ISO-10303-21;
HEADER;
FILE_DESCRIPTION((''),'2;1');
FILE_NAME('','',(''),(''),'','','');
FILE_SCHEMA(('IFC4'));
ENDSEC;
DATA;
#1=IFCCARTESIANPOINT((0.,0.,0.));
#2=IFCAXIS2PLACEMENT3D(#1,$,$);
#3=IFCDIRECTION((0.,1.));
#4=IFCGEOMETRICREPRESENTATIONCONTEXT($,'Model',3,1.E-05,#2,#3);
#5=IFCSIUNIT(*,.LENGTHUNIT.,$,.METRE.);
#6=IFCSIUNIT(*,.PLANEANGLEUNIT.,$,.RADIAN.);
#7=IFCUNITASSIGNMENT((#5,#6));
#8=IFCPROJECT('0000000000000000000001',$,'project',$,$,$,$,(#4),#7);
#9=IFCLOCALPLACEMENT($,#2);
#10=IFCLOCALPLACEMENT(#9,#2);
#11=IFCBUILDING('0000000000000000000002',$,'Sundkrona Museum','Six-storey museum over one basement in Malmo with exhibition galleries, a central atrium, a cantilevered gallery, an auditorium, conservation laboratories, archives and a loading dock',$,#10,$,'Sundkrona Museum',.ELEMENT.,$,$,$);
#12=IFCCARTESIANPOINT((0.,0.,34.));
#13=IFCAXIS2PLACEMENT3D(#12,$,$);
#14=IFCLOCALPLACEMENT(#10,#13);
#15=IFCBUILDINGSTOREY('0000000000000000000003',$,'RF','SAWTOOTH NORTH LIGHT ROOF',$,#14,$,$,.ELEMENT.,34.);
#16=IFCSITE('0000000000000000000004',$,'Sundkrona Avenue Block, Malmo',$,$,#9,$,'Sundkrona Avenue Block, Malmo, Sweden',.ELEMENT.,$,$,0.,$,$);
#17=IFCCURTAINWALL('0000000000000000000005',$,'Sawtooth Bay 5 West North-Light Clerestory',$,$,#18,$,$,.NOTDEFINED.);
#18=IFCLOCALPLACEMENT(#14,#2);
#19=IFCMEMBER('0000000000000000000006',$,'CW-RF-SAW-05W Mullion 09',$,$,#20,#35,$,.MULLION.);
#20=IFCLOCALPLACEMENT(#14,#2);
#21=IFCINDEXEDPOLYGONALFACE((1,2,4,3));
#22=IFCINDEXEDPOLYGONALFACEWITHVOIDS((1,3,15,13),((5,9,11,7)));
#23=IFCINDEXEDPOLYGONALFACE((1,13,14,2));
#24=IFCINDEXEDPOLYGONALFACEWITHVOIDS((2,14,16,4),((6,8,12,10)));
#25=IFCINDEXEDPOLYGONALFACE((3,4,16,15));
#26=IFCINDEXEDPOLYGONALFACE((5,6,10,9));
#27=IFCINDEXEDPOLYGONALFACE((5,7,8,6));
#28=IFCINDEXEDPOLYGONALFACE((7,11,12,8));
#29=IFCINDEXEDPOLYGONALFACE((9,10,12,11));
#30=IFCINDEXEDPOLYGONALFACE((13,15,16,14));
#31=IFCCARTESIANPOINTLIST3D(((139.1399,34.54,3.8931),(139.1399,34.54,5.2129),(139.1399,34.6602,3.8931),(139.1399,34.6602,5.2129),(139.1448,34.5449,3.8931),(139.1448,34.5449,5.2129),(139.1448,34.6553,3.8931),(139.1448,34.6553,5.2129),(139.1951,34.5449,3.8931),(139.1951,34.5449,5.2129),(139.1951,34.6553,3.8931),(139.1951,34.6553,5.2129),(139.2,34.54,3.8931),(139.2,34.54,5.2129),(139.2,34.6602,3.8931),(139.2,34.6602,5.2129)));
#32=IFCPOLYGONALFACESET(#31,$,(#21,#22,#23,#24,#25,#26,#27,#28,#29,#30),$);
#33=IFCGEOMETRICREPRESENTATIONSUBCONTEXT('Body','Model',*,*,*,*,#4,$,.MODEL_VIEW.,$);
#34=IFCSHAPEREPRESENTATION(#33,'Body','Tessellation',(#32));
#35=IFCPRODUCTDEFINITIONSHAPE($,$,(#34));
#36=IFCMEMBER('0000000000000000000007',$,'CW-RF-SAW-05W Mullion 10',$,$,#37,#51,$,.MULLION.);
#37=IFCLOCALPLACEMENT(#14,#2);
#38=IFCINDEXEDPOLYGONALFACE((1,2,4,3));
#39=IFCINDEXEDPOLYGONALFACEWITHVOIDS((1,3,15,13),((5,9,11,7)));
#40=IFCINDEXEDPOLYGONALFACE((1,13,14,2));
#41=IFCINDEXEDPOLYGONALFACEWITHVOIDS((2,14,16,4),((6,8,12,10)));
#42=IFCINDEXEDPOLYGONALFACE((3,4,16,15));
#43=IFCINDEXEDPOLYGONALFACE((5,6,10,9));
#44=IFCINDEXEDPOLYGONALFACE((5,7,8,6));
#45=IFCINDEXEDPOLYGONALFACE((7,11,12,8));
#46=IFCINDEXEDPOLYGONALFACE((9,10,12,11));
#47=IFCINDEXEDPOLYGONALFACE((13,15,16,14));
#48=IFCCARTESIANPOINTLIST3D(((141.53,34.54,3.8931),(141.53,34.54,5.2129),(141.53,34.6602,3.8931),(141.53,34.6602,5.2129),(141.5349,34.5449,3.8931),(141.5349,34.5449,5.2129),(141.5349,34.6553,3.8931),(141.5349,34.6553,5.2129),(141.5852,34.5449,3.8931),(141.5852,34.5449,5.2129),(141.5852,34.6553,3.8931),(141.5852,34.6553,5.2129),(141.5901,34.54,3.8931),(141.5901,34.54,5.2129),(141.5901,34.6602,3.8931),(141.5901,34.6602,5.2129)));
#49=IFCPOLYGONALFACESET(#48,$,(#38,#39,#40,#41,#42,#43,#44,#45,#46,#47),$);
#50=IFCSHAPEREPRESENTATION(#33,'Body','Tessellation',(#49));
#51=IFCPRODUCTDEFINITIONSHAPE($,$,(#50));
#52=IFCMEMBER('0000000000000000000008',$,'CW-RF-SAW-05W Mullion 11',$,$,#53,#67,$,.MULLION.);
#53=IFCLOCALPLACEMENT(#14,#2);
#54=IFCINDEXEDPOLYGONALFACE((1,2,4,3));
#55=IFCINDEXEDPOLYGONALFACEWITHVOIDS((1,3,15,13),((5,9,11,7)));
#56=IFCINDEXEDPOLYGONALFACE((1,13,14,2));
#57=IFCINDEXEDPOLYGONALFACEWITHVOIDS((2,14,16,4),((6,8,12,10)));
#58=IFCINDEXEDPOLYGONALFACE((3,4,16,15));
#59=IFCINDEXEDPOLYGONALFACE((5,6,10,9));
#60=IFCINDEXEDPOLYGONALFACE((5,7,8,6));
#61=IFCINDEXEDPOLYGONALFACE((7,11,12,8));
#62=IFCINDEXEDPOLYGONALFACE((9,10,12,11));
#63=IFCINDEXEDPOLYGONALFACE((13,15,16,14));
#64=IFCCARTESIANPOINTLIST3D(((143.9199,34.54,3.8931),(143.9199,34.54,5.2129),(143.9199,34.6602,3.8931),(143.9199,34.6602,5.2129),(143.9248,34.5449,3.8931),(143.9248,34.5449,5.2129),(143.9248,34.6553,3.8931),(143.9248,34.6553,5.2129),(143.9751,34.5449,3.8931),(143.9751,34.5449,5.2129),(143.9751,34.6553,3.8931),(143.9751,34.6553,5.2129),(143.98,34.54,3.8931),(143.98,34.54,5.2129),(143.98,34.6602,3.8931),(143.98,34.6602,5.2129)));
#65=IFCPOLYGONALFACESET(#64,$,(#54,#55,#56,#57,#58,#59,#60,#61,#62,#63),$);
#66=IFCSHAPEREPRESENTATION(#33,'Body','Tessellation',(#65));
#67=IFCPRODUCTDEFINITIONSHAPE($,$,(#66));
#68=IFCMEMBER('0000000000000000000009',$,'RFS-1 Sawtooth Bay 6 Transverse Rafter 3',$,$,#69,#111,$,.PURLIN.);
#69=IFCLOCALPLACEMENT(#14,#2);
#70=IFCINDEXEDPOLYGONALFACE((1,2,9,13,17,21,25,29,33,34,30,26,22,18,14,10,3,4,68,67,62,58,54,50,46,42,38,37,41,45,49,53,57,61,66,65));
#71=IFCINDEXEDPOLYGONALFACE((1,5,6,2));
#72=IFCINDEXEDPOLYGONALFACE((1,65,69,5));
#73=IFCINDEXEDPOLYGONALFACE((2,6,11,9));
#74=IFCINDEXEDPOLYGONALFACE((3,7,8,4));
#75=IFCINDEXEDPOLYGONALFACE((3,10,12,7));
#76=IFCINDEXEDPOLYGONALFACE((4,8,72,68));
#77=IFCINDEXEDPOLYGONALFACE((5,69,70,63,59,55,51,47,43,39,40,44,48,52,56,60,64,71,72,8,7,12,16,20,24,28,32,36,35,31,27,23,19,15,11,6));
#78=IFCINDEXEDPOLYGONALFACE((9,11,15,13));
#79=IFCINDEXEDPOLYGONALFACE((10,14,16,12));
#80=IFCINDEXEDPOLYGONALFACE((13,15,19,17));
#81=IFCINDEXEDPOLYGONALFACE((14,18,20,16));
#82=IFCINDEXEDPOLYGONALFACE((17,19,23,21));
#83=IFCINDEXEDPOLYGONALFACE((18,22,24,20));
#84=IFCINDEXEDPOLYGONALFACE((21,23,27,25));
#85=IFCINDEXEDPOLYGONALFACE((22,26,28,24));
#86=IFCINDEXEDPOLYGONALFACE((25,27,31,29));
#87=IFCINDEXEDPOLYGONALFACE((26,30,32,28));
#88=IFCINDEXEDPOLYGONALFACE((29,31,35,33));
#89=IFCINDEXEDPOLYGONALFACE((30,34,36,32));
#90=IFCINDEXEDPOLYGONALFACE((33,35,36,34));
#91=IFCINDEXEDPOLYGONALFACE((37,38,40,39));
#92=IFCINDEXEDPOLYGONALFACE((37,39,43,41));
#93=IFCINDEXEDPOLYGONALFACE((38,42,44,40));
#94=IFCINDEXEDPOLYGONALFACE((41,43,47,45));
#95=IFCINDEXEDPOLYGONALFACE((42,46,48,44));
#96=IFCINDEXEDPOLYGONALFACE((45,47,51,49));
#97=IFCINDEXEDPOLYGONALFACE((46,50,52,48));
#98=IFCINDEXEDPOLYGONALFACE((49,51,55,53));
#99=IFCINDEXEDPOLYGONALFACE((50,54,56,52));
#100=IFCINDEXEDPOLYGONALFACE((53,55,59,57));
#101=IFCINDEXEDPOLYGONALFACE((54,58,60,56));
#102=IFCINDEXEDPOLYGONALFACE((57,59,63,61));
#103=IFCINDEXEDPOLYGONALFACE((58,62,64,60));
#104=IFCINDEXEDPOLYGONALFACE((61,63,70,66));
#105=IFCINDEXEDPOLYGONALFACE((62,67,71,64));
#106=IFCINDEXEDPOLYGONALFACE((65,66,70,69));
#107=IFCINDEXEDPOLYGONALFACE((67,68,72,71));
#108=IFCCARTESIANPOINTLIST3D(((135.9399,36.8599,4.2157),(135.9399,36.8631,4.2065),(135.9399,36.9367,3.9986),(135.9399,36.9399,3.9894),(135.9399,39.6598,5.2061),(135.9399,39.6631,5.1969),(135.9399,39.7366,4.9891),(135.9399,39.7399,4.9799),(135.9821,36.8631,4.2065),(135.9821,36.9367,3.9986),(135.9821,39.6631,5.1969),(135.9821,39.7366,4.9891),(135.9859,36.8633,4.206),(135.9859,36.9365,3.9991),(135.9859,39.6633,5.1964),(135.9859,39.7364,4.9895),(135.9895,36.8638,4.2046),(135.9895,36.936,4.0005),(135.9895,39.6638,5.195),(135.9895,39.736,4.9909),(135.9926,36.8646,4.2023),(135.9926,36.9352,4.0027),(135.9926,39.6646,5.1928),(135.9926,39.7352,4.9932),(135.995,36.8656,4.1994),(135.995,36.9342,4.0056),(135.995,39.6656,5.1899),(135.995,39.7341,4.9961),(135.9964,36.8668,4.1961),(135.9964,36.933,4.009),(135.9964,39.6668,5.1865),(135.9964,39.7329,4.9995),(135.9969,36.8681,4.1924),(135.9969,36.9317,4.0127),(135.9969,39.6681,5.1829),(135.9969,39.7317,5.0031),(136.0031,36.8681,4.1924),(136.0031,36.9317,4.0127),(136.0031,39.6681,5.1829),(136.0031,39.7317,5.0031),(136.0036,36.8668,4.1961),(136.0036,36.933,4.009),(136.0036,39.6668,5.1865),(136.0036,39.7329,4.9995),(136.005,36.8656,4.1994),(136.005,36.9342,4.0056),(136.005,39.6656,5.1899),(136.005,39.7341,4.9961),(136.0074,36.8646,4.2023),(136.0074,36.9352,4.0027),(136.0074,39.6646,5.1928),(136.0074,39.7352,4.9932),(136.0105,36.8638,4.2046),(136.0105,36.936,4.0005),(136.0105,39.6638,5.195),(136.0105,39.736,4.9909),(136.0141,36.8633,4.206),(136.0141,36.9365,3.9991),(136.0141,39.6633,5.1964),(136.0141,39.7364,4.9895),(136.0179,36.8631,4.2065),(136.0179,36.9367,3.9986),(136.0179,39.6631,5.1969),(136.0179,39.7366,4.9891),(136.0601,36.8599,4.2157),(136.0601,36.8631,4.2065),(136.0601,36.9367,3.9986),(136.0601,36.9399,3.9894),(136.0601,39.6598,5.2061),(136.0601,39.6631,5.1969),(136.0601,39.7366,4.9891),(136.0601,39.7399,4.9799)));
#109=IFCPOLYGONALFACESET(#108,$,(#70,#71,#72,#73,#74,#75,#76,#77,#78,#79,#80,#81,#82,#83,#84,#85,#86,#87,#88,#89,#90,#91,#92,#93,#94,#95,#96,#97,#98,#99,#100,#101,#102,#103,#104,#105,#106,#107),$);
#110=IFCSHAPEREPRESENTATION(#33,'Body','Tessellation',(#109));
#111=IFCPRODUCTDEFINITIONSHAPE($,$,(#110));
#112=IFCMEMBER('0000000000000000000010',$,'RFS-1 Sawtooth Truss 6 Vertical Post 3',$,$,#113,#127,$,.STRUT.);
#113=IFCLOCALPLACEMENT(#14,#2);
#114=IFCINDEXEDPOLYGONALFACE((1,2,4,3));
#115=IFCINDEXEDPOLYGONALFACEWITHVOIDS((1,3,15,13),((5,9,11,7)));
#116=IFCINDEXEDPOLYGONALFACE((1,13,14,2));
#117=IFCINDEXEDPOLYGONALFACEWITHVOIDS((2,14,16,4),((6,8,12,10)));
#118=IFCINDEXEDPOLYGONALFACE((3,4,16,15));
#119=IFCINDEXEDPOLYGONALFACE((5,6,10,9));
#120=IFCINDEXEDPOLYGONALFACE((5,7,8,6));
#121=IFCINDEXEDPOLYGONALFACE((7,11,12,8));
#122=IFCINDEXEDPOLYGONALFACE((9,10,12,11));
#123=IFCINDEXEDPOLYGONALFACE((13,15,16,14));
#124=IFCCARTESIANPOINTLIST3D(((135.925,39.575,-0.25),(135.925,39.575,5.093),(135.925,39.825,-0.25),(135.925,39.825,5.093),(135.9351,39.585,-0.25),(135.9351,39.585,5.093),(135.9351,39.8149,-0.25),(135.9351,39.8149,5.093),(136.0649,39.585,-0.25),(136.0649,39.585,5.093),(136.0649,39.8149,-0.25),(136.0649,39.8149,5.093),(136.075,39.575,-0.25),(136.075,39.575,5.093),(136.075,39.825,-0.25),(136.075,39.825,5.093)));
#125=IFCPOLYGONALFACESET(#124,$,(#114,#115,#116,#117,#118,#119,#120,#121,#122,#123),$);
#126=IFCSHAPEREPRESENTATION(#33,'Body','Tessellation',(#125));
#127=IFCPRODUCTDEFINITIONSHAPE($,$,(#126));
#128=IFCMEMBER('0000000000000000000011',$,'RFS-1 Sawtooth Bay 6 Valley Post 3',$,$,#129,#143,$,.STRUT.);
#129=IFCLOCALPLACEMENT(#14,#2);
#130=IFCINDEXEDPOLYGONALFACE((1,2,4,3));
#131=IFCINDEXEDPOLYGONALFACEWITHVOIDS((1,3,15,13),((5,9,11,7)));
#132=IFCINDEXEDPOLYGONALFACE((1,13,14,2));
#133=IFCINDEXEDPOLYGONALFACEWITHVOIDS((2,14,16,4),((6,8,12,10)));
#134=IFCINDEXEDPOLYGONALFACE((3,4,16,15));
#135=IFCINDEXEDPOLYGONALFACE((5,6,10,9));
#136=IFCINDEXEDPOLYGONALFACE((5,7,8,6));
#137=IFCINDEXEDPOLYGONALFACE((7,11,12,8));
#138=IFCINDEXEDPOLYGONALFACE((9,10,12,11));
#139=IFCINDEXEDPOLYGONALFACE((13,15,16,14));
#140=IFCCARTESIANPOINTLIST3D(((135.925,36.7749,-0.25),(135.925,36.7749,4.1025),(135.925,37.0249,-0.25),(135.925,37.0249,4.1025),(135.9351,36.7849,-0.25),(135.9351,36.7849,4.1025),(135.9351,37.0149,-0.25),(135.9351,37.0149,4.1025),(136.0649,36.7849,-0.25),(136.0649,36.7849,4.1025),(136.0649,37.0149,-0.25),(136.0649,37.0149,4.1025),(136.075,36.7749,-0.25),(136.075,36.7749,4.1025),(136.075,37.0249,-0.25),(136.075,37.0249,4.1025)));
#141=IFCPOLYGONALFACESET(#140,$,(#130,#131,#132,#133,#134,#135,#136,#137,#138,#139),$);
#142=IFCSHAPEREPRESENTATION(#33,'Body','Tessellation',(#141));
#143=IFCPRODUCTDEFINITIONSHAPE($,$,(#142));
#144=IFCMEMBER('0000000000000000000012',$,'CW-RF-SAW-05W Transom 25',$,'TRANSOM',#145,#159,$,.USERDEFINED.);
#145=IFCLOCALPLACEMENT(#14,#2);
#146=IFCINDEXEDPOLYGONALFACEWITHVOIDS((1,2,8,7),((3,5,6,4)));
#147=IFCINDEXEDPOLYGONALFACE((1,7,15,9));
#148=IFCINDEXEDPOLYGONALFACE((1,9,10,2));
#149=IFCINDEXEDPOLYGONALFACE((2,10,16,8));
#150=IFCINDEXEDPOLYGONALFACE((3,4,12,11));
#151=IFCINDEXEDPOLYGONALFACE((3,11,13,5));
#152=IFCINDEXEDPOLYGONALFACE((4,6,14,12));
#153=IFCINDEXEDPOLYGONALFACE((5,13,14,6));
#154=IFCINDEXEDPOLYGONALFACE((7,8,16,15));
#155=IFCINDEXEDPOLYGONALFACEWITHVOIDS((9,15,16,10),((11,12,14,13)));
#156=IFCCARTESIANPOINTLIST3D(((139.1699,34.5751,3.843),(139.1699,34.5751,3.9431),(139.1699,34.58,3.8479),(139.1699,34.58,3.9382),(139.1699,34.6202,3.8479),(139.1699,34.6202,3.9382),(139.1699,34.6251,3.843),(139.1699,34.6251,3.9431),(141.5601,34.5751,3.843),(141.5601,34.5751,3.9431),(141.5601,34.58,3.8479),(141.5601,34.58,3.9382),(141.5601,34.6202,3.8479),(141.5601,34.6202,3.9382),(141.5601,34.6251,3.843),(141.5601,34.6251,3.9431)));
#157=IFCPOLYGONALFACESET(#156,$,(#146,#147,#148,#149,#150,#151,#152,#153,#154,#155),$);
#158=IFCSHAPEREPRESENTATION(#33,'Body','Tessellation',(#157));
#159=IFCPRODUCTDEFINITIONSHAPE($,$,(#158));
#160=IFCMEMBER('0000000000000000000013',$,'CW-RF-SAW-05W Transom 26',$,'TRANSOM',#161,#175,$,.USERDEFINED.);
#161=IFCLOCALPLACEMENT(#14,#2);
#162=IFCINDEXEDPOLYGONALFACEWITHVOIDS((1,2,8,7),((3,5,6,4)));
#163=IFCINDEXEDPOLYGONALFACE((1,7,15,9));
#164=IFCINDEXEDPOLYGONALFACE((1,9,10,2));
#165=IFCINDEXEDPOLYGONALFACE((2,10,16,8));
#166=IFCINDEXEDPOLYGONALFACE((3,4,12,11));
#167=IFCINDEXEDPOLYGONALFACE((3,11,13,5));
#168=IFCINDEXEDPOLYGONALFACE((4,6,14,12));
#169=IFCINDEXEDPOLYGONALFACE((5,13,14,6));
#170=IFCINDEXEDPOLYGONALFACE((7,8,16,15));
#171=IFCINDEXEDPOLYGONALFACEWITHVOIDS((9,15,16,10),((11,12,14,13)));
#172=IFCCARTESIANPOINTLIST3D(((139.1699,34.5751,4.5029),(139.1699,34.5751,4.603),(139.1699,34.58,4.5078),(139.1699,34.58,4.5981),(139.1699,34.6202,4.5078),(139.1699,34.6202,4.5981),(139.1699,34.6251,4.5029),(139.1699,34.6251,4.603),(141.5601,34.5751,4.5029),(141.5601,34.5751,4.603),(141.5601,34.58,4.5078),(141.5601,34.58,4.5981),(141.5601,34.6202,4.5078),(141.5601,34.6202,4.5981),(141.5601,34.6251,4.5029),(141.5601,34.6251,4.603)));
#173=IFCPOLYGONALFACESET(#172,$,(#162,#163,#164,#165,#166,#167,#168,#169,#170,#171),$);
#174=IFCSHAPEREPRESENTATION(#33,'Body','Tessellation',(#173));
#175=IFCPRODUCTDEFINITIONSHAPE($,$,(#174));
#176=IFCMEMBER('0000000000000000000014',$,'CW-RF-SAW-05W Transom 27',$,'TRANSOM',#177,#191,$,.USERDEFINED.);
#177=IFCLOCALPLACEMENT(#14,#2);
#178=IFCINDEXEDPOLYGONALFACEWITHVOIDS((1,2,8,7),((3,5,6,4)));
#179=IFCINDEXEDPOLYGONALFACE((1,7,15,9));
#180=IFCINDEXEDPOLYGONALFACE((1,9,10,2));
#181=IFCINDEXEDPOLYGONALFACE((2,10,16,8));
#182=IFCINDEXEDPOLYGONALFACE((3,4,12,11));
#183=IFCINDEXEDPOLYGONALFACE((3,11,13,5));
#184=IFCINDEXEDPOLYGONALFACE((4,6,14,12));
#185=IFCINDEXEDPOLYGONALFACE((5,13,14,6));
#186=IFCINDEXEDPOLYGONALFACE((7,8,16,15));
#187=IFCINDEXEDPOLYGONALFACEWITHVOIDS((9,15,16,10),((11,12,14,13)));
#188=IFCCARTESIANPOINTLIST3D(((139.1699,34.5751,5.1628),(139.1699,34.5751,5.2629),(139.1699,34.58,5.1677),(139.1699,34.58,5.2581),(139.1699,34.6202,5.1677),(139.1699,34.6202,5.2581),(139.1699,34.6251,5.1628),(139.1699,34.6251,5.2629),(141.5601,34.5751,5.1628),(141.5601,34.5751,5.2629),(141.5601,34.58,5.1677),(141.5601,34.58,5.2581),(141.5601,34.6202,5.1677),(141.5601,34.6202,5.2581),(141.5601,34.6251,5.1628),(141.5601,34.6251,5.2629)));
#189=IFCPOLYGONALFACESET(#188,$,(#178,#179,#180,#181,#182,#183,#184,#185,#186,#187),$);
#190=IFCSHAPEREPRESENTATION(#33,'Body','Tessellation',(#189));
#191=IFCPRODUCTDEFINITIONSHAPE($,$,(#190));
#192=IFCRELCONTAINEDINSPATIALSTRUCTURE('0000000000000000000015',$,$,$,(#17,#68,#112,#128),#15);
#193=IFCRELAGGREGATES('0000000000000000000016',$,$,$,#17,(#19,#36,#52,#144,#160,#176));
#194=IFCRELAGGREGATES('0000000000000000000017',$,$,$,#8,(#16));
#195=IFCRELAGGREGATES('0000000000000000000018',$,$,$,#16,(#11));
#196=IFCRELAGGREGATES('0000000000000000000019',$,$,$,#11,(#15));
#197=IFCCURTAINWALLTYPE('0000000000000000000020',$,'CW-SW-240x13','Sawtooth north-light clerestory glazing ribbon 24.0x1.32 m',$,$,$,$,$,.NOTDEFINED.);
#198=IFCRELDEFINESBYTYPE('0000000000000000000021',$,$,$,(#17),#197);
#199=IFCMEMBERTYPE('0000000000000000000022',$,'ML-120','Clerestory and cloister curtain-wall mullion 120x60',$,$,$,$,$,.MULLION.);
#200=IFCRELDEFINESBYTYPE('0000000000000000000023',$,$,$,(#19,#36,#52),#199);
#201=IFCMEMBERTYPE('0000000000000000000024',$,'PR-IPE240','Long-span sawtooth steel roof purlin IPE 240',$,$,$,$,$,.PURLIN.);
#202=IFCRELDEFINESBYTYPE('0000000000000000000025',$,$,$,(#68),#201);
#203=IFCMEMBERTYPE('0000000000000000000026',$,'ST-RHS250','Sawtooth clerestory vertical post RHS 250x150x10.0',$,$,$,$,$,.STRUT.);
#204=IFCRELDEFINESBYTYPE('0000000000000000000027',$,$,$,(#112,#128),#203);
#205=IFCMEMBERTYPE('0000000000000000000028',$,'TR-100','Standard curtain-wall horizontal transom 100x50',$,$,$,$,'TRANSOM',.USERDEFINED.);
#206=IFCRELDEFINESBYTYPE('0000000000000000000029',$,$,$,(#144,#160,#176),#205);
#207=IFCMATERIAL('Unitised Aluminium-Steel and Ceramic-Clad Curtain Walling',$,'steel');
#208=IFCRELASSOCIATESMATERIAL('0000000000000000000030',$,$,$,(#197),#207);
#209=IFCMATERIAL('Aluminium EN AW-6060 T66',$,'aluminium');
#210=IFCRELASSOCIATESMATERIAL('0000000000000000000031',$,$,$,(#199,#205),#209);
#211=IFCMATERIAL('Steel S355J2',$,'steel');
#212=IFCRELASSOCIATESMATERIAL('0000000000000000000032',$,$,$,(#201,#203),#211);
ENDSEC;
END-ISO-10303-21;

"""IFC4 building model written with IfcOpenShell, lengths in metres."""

from ifc_helpers import new_model, si_unit, direction, frame, origin, origin_2d, place, context, subcontext, project, spatial, hollow_rectangle, i_section, extrude, material, material_profile, profile_set, type_object, element, aggregate, save


model = new_model("IFC4")

# Units and contexts
model_context = context("Model", 3, precision=1e-05, world=origin(), true_north=direction((0.0, 1.0)))
body_context = subcontext(model_context, "Body", "Model", "MODEL_VIEW")
ifc_project = project(units=[si_unit("LENGTHUNIT", "METRE"), si_unit("PLANEANGLEUNIT", "RADIAN")], contexts=[model_context])

# Site, building, storey
site_placement = place(None, origin())
site = spatial("IfcSite", under=ifc_project, at=site_placement, Name="Sundkrona Avenue Block, Malmo", LongName="Sundkrona Avenue Block, Malmo, Sweden", CompositionType="ELEMENT", RefElevation=0.0)
building_placement = place(site_placement, origin())
building = spatial("IfcBuilding", under=site, at=building_placement, Name="Sundkrona Museum", Description="Six-storey museum over one basement in Malmo with exhibition galleries, a central atrium, a cantilevered gallery, an auditorium, conservation laboratories, archives and a loading dock", LongName="Sundkrona Museum", CompositionType="ELEMENT")
storey_placement = place(building_placement, frame((0.0, 0.0, 34.0)))
storey = spatial("IfcBuildingStorey", under=building, at=storey_placement, Name="RF", Description="SAWTOOTH NORTH LIGHT ROOF", CompositionType="ELEMENT", Elevation=34.0)

# Curtain wall, members
ifc_material_1 = material(Name="Unitised Aluminium-Steel and Ceramic-Clad Curtain Walling", Category="steel")
curtain_wall_type = type_object("IfcCurtainWallType", Name="CW-SW-240x13", Description="Sawtooth north-light clerestory glazing ribbon 24.0x1.32 m", PredefinedType="NOTDEFINED", material=ifc_material_1)
curtain_wall_placement = place(storey_placement, origin())
curtain_wall = element("IfcCurtainWall", 1, at=curtain_wall_placement, inside=storey, type_object=curtain_wall_type, Name="Sawtooth Bay 5 West North-Light Clerestory", PredefinedType="NOTDEFINED")
ifc_material_2 = material(Name="Aluminium EN AW-6060 T66", Category="aluminium")
ifc_material_profile_1 = material_profile(ifc_material_2, hollow_rectangle(XDim=0.0601, YDim=0.1201, WallThickness=0.0049, at=origin_2d()), Name="RHS 120x60x5.0")
ifc_profile_set_1 = profile_set([ifc_material_profile_1], Name="Aluminium EN AW-6060 T66")
member_type_1 = type_object("IfcMemberType", Name="ML-120", Description="Clerestory and cloister curtain-wall mullion 120x60", PredefinedType="MULLION", material=ifc_profile_set_1)
member_1_placement = place(storey_placement, frame((139.1699, 34.6001, 3.8931), z_axis=(0.0, 0.0, 1.0), x_axis=(1.0, 0.0, 0.0)))
member_1 = element("IfcMember", 2, at=member_1_placement, type_object=member_type_1, Name="CW-RF-SAW-05W Mullion 09", PredefinedType="MULLION", context=body_context, shape_type="SweptSolid", body=[
    extrude(hollow_rectangle(XDim=0.0601, YDim=0.1201, WallThickness=0.0049, at=origin_2d()), origin(), (0.0, 0.0, 1.0), 1.3198),
])
member_2_placement = place(storey_placement, frame((141.5601, 34.6001, 3.8931), z_axis=(0.0, 0.0, 1.0), x_axis=(1.0, 0.0, 0.0)))
member_2 = element("IfcMember", 3, at=member_2_placement, type_object=member_type_1, Name="CW-RF-SAW-05W Mullion 10", PredefinedType="MULLION", context=body_context, shape_type="SweptSolid", body=[
    extrude(hollow_rectangle(XDim=0.0601, YDim=0.1201, WallThickness=0.0049, at=origin_2d()), origin(), (0.0, 0.0, 1.0), 1.3198),
])
member_3_placement = place(storey_placement, frame((143.95, 34.6001, 3.8931), z_axis=(0.0, 0.0, 1.0), x_axis=(1.0, 0.0, 0.0)))
member_3 = element("IfcMember", 4, at=member_3_placement, type_object=member_type_1, Name="CW-RF-SAW-05W Mullion 11", PredefinedType="MULLION", context=body_context, shape_type="SweptSolid", body=[
    extrude(hollow_rectangle(XDim=0.0601, YDim=0.1201, WallThickness=0.0049, at=origin_2d()), origin(), (0.0, 0.0, 1.0), 1.3198),
])

# Members
ifc_material_3 = material(Name="Steel S355J2", Category="steel")
ifc_material_profile_2 = material_profile(ifc_material_3, i_section(OverallWidth=0.1201, OverallDepth=0.24, WebThickness=0.0061, FlangeThickness=0.0098, FilletRadius=0.0149, at=origin_2d()), Name="IPE 240")
ifc_profile_set_2 = profile_set([ifc_material_profile_2], Name="Steel S355J2")
member_type_2 = type_object("IfcMemberType", Name="PR-IPE240", Description="Long-span sawtooth steel roof purlin IPE 240", PredefinedType="PURLIN", material=ifc_profile_set_2)
member_4_placement = place(storey_placement, frame((136.0, 36.8999, 4.1025), z_axis=(0.0, 0.942755, 0.333486), x_axis=(-1.0, 0.0, 0.0)))
element("IfcMember", 5, at=member_4_placement, inside=storey, type_object=member_type_2, Name="RFS-1 Sawtooth Bay 6 Transverse Rafter 3", PredefinedType="PURLIN", context=body_context, shape_type="SweptSolid", body=[
    extrude(i_section(OverallWidth=0.1201, OverallDepth=0.24, WebThickness=0.0061, FlangeThickness=0.0098, FilletRadius=0.0149, at=origin_2d()), origin(), (0.0, 0.0, 1.0), 2.97),
])
ifc_material_profile_3 = material_profile(ifc_material_3, hollow_rectangle(XDim=0.1499, YDim=0.25, WallThickness=0.01, at=origin_2d()), Name="RHS 250x150x10.0")
ifc_profile_set_3 = profile_set([ifc_material_profile_3], Name="Steel S355J2")
member_type_3 = type_object("IfcMemberType", Name="ST-RHS250", Description="Sawtooth clerestory vertical post RHS 250x150x10.0", PredefinedType="STRUT", material=ifc_profile_set_3)
member_5_placement = place(storey_placement, frame((136.0, 39.7, -0.25), z_axis=(0.0, 0.0, 1.0), x_axis=(1.0, 0.0, 0.0)))
element("IfcMember", 6, at=member_5_placement, inside=storey, type_object=member_type_3, Name="RFS-1 Sawtooth Truss 6 Vertical Post 3", PredefinedType="STRUT", context=body_context, shape_type="SweptSolid", body=[
    extrude(hollow_rectangle(XDim=0.1499, YDim=0.25, WallThickness=0.01, at=origin_2d()), origin(), (0.0, 0.0, 1.0), 5.343),
])
member_6_placement = place(storey_placement, frame((136.0, 36.8999, -0.25), z_axis=(0.0, 0.0, 1.0), x_axis=(1.0, 0.0, 0.0)))
element("IfcMember", 7, at=member_6_placement, inside=storey, type_object=member_type_3, Name="RFS-1 Sawtooth Bay 6 Valley Post 3", PredefinedType="STRUT", context=body_context, shape_type="SweptSolid", body=[
    extrude(hollow_rectangle(XDim=0.1499, YDim=0.25, WallThickness=0.01, at=origin_2d()), origin(), (0.0, 0.0, 1.0), 4.3525),
])

# Members
ifc_material_profile_4 = material_profile(ifc_material_2, hollow_rectangle(XDim=0.05, YDim=0.1001, WallThickness=0.0049, at=origin_2d()), Name="RHS 100x50x5.0")
ifc_profile_set_4 = profile_set([ifc_material_profile_4], Name="Aluminium EN AW-6060 T66")
member_type_4 = type_object("IfcMemberType", Name="TR-100", Description="Standard curtain-wall horizontal transom 100x50", ElementType="TRANSOM", PredefinedType="USERDEFINED", material=ifc_profile_set_4)
member_7_placement = place(storey_placement, frame((139.1699, 34.6001, 3.8931), z_axis=(1.0, 0.0, 0.0), x_axis=(0.0, 1.0, 0.0)))
member_7 = element("IfcMember", 8, at=member_7_placement, type_object=member_type_4, Name="CW-RF-SAW-05W Transom 25", ObjectType="TRANSOM", PredefinedType="USERDEFINED", context=body_context, shape_type="SweptSolid", body=[
    extrude(hollow_rectangle(XDim=0.05, YDim=0.1001, WallThickness=0.0049, at=origin_2d()), origin(), (0.0, 0.0, 1.0), 2.3901),
])
member_8_placement = place(storey_placement, frame((139.1699, 34.6001, 4.553), z_axis=(1.0, 0.0, 0.0), x_axis=(0.0, 1.0, 0.0)))
member_8 = element("IfcMember", 9, at=member_8_placement, type_object=member_type_4, Name="CW-RF-SAW-05W Transom 26", ObjectType="TRANSOM", PredefinedType="USERDEFINED", context=body_context, shape_type="SweptSolid", body=[
    extrude(hollow_rectangle(XDim=0.05, YDim=0.1001, WallThickness=0.0049, at=origin_2d()), origin(), (0.0, 0.0, 1.0), 2.3901),
])
member_9_placement = place(storey_placement, frame((139.1699, 34.6001, 5.2129), z_axis=(1.0, 0.0, 0.0), x_axis=(0.0, 1.0, 0.0)))
member_9 = element("IfcMember", 10, at=member_9_placement, type_object=member_type_4, Name="CW-RF-SAW-05W Transom 27", ObjectType="TRANSOM", PredefinedType="USERDEFINED", context=body_context, shape_type="SweptSolid", body=[
    extrude(hollow_rectangle(XDim=0.05, YDim=0.1001, WallThickness=0.0049, at=origin_2d()), origin(), (0.0, 0.0, 1.0), 2.3901),
])

aggregate(curtain_wall, [member_1, member_2, member_3, member_7, member_8, member_9])

save(model, "model.ifc")
